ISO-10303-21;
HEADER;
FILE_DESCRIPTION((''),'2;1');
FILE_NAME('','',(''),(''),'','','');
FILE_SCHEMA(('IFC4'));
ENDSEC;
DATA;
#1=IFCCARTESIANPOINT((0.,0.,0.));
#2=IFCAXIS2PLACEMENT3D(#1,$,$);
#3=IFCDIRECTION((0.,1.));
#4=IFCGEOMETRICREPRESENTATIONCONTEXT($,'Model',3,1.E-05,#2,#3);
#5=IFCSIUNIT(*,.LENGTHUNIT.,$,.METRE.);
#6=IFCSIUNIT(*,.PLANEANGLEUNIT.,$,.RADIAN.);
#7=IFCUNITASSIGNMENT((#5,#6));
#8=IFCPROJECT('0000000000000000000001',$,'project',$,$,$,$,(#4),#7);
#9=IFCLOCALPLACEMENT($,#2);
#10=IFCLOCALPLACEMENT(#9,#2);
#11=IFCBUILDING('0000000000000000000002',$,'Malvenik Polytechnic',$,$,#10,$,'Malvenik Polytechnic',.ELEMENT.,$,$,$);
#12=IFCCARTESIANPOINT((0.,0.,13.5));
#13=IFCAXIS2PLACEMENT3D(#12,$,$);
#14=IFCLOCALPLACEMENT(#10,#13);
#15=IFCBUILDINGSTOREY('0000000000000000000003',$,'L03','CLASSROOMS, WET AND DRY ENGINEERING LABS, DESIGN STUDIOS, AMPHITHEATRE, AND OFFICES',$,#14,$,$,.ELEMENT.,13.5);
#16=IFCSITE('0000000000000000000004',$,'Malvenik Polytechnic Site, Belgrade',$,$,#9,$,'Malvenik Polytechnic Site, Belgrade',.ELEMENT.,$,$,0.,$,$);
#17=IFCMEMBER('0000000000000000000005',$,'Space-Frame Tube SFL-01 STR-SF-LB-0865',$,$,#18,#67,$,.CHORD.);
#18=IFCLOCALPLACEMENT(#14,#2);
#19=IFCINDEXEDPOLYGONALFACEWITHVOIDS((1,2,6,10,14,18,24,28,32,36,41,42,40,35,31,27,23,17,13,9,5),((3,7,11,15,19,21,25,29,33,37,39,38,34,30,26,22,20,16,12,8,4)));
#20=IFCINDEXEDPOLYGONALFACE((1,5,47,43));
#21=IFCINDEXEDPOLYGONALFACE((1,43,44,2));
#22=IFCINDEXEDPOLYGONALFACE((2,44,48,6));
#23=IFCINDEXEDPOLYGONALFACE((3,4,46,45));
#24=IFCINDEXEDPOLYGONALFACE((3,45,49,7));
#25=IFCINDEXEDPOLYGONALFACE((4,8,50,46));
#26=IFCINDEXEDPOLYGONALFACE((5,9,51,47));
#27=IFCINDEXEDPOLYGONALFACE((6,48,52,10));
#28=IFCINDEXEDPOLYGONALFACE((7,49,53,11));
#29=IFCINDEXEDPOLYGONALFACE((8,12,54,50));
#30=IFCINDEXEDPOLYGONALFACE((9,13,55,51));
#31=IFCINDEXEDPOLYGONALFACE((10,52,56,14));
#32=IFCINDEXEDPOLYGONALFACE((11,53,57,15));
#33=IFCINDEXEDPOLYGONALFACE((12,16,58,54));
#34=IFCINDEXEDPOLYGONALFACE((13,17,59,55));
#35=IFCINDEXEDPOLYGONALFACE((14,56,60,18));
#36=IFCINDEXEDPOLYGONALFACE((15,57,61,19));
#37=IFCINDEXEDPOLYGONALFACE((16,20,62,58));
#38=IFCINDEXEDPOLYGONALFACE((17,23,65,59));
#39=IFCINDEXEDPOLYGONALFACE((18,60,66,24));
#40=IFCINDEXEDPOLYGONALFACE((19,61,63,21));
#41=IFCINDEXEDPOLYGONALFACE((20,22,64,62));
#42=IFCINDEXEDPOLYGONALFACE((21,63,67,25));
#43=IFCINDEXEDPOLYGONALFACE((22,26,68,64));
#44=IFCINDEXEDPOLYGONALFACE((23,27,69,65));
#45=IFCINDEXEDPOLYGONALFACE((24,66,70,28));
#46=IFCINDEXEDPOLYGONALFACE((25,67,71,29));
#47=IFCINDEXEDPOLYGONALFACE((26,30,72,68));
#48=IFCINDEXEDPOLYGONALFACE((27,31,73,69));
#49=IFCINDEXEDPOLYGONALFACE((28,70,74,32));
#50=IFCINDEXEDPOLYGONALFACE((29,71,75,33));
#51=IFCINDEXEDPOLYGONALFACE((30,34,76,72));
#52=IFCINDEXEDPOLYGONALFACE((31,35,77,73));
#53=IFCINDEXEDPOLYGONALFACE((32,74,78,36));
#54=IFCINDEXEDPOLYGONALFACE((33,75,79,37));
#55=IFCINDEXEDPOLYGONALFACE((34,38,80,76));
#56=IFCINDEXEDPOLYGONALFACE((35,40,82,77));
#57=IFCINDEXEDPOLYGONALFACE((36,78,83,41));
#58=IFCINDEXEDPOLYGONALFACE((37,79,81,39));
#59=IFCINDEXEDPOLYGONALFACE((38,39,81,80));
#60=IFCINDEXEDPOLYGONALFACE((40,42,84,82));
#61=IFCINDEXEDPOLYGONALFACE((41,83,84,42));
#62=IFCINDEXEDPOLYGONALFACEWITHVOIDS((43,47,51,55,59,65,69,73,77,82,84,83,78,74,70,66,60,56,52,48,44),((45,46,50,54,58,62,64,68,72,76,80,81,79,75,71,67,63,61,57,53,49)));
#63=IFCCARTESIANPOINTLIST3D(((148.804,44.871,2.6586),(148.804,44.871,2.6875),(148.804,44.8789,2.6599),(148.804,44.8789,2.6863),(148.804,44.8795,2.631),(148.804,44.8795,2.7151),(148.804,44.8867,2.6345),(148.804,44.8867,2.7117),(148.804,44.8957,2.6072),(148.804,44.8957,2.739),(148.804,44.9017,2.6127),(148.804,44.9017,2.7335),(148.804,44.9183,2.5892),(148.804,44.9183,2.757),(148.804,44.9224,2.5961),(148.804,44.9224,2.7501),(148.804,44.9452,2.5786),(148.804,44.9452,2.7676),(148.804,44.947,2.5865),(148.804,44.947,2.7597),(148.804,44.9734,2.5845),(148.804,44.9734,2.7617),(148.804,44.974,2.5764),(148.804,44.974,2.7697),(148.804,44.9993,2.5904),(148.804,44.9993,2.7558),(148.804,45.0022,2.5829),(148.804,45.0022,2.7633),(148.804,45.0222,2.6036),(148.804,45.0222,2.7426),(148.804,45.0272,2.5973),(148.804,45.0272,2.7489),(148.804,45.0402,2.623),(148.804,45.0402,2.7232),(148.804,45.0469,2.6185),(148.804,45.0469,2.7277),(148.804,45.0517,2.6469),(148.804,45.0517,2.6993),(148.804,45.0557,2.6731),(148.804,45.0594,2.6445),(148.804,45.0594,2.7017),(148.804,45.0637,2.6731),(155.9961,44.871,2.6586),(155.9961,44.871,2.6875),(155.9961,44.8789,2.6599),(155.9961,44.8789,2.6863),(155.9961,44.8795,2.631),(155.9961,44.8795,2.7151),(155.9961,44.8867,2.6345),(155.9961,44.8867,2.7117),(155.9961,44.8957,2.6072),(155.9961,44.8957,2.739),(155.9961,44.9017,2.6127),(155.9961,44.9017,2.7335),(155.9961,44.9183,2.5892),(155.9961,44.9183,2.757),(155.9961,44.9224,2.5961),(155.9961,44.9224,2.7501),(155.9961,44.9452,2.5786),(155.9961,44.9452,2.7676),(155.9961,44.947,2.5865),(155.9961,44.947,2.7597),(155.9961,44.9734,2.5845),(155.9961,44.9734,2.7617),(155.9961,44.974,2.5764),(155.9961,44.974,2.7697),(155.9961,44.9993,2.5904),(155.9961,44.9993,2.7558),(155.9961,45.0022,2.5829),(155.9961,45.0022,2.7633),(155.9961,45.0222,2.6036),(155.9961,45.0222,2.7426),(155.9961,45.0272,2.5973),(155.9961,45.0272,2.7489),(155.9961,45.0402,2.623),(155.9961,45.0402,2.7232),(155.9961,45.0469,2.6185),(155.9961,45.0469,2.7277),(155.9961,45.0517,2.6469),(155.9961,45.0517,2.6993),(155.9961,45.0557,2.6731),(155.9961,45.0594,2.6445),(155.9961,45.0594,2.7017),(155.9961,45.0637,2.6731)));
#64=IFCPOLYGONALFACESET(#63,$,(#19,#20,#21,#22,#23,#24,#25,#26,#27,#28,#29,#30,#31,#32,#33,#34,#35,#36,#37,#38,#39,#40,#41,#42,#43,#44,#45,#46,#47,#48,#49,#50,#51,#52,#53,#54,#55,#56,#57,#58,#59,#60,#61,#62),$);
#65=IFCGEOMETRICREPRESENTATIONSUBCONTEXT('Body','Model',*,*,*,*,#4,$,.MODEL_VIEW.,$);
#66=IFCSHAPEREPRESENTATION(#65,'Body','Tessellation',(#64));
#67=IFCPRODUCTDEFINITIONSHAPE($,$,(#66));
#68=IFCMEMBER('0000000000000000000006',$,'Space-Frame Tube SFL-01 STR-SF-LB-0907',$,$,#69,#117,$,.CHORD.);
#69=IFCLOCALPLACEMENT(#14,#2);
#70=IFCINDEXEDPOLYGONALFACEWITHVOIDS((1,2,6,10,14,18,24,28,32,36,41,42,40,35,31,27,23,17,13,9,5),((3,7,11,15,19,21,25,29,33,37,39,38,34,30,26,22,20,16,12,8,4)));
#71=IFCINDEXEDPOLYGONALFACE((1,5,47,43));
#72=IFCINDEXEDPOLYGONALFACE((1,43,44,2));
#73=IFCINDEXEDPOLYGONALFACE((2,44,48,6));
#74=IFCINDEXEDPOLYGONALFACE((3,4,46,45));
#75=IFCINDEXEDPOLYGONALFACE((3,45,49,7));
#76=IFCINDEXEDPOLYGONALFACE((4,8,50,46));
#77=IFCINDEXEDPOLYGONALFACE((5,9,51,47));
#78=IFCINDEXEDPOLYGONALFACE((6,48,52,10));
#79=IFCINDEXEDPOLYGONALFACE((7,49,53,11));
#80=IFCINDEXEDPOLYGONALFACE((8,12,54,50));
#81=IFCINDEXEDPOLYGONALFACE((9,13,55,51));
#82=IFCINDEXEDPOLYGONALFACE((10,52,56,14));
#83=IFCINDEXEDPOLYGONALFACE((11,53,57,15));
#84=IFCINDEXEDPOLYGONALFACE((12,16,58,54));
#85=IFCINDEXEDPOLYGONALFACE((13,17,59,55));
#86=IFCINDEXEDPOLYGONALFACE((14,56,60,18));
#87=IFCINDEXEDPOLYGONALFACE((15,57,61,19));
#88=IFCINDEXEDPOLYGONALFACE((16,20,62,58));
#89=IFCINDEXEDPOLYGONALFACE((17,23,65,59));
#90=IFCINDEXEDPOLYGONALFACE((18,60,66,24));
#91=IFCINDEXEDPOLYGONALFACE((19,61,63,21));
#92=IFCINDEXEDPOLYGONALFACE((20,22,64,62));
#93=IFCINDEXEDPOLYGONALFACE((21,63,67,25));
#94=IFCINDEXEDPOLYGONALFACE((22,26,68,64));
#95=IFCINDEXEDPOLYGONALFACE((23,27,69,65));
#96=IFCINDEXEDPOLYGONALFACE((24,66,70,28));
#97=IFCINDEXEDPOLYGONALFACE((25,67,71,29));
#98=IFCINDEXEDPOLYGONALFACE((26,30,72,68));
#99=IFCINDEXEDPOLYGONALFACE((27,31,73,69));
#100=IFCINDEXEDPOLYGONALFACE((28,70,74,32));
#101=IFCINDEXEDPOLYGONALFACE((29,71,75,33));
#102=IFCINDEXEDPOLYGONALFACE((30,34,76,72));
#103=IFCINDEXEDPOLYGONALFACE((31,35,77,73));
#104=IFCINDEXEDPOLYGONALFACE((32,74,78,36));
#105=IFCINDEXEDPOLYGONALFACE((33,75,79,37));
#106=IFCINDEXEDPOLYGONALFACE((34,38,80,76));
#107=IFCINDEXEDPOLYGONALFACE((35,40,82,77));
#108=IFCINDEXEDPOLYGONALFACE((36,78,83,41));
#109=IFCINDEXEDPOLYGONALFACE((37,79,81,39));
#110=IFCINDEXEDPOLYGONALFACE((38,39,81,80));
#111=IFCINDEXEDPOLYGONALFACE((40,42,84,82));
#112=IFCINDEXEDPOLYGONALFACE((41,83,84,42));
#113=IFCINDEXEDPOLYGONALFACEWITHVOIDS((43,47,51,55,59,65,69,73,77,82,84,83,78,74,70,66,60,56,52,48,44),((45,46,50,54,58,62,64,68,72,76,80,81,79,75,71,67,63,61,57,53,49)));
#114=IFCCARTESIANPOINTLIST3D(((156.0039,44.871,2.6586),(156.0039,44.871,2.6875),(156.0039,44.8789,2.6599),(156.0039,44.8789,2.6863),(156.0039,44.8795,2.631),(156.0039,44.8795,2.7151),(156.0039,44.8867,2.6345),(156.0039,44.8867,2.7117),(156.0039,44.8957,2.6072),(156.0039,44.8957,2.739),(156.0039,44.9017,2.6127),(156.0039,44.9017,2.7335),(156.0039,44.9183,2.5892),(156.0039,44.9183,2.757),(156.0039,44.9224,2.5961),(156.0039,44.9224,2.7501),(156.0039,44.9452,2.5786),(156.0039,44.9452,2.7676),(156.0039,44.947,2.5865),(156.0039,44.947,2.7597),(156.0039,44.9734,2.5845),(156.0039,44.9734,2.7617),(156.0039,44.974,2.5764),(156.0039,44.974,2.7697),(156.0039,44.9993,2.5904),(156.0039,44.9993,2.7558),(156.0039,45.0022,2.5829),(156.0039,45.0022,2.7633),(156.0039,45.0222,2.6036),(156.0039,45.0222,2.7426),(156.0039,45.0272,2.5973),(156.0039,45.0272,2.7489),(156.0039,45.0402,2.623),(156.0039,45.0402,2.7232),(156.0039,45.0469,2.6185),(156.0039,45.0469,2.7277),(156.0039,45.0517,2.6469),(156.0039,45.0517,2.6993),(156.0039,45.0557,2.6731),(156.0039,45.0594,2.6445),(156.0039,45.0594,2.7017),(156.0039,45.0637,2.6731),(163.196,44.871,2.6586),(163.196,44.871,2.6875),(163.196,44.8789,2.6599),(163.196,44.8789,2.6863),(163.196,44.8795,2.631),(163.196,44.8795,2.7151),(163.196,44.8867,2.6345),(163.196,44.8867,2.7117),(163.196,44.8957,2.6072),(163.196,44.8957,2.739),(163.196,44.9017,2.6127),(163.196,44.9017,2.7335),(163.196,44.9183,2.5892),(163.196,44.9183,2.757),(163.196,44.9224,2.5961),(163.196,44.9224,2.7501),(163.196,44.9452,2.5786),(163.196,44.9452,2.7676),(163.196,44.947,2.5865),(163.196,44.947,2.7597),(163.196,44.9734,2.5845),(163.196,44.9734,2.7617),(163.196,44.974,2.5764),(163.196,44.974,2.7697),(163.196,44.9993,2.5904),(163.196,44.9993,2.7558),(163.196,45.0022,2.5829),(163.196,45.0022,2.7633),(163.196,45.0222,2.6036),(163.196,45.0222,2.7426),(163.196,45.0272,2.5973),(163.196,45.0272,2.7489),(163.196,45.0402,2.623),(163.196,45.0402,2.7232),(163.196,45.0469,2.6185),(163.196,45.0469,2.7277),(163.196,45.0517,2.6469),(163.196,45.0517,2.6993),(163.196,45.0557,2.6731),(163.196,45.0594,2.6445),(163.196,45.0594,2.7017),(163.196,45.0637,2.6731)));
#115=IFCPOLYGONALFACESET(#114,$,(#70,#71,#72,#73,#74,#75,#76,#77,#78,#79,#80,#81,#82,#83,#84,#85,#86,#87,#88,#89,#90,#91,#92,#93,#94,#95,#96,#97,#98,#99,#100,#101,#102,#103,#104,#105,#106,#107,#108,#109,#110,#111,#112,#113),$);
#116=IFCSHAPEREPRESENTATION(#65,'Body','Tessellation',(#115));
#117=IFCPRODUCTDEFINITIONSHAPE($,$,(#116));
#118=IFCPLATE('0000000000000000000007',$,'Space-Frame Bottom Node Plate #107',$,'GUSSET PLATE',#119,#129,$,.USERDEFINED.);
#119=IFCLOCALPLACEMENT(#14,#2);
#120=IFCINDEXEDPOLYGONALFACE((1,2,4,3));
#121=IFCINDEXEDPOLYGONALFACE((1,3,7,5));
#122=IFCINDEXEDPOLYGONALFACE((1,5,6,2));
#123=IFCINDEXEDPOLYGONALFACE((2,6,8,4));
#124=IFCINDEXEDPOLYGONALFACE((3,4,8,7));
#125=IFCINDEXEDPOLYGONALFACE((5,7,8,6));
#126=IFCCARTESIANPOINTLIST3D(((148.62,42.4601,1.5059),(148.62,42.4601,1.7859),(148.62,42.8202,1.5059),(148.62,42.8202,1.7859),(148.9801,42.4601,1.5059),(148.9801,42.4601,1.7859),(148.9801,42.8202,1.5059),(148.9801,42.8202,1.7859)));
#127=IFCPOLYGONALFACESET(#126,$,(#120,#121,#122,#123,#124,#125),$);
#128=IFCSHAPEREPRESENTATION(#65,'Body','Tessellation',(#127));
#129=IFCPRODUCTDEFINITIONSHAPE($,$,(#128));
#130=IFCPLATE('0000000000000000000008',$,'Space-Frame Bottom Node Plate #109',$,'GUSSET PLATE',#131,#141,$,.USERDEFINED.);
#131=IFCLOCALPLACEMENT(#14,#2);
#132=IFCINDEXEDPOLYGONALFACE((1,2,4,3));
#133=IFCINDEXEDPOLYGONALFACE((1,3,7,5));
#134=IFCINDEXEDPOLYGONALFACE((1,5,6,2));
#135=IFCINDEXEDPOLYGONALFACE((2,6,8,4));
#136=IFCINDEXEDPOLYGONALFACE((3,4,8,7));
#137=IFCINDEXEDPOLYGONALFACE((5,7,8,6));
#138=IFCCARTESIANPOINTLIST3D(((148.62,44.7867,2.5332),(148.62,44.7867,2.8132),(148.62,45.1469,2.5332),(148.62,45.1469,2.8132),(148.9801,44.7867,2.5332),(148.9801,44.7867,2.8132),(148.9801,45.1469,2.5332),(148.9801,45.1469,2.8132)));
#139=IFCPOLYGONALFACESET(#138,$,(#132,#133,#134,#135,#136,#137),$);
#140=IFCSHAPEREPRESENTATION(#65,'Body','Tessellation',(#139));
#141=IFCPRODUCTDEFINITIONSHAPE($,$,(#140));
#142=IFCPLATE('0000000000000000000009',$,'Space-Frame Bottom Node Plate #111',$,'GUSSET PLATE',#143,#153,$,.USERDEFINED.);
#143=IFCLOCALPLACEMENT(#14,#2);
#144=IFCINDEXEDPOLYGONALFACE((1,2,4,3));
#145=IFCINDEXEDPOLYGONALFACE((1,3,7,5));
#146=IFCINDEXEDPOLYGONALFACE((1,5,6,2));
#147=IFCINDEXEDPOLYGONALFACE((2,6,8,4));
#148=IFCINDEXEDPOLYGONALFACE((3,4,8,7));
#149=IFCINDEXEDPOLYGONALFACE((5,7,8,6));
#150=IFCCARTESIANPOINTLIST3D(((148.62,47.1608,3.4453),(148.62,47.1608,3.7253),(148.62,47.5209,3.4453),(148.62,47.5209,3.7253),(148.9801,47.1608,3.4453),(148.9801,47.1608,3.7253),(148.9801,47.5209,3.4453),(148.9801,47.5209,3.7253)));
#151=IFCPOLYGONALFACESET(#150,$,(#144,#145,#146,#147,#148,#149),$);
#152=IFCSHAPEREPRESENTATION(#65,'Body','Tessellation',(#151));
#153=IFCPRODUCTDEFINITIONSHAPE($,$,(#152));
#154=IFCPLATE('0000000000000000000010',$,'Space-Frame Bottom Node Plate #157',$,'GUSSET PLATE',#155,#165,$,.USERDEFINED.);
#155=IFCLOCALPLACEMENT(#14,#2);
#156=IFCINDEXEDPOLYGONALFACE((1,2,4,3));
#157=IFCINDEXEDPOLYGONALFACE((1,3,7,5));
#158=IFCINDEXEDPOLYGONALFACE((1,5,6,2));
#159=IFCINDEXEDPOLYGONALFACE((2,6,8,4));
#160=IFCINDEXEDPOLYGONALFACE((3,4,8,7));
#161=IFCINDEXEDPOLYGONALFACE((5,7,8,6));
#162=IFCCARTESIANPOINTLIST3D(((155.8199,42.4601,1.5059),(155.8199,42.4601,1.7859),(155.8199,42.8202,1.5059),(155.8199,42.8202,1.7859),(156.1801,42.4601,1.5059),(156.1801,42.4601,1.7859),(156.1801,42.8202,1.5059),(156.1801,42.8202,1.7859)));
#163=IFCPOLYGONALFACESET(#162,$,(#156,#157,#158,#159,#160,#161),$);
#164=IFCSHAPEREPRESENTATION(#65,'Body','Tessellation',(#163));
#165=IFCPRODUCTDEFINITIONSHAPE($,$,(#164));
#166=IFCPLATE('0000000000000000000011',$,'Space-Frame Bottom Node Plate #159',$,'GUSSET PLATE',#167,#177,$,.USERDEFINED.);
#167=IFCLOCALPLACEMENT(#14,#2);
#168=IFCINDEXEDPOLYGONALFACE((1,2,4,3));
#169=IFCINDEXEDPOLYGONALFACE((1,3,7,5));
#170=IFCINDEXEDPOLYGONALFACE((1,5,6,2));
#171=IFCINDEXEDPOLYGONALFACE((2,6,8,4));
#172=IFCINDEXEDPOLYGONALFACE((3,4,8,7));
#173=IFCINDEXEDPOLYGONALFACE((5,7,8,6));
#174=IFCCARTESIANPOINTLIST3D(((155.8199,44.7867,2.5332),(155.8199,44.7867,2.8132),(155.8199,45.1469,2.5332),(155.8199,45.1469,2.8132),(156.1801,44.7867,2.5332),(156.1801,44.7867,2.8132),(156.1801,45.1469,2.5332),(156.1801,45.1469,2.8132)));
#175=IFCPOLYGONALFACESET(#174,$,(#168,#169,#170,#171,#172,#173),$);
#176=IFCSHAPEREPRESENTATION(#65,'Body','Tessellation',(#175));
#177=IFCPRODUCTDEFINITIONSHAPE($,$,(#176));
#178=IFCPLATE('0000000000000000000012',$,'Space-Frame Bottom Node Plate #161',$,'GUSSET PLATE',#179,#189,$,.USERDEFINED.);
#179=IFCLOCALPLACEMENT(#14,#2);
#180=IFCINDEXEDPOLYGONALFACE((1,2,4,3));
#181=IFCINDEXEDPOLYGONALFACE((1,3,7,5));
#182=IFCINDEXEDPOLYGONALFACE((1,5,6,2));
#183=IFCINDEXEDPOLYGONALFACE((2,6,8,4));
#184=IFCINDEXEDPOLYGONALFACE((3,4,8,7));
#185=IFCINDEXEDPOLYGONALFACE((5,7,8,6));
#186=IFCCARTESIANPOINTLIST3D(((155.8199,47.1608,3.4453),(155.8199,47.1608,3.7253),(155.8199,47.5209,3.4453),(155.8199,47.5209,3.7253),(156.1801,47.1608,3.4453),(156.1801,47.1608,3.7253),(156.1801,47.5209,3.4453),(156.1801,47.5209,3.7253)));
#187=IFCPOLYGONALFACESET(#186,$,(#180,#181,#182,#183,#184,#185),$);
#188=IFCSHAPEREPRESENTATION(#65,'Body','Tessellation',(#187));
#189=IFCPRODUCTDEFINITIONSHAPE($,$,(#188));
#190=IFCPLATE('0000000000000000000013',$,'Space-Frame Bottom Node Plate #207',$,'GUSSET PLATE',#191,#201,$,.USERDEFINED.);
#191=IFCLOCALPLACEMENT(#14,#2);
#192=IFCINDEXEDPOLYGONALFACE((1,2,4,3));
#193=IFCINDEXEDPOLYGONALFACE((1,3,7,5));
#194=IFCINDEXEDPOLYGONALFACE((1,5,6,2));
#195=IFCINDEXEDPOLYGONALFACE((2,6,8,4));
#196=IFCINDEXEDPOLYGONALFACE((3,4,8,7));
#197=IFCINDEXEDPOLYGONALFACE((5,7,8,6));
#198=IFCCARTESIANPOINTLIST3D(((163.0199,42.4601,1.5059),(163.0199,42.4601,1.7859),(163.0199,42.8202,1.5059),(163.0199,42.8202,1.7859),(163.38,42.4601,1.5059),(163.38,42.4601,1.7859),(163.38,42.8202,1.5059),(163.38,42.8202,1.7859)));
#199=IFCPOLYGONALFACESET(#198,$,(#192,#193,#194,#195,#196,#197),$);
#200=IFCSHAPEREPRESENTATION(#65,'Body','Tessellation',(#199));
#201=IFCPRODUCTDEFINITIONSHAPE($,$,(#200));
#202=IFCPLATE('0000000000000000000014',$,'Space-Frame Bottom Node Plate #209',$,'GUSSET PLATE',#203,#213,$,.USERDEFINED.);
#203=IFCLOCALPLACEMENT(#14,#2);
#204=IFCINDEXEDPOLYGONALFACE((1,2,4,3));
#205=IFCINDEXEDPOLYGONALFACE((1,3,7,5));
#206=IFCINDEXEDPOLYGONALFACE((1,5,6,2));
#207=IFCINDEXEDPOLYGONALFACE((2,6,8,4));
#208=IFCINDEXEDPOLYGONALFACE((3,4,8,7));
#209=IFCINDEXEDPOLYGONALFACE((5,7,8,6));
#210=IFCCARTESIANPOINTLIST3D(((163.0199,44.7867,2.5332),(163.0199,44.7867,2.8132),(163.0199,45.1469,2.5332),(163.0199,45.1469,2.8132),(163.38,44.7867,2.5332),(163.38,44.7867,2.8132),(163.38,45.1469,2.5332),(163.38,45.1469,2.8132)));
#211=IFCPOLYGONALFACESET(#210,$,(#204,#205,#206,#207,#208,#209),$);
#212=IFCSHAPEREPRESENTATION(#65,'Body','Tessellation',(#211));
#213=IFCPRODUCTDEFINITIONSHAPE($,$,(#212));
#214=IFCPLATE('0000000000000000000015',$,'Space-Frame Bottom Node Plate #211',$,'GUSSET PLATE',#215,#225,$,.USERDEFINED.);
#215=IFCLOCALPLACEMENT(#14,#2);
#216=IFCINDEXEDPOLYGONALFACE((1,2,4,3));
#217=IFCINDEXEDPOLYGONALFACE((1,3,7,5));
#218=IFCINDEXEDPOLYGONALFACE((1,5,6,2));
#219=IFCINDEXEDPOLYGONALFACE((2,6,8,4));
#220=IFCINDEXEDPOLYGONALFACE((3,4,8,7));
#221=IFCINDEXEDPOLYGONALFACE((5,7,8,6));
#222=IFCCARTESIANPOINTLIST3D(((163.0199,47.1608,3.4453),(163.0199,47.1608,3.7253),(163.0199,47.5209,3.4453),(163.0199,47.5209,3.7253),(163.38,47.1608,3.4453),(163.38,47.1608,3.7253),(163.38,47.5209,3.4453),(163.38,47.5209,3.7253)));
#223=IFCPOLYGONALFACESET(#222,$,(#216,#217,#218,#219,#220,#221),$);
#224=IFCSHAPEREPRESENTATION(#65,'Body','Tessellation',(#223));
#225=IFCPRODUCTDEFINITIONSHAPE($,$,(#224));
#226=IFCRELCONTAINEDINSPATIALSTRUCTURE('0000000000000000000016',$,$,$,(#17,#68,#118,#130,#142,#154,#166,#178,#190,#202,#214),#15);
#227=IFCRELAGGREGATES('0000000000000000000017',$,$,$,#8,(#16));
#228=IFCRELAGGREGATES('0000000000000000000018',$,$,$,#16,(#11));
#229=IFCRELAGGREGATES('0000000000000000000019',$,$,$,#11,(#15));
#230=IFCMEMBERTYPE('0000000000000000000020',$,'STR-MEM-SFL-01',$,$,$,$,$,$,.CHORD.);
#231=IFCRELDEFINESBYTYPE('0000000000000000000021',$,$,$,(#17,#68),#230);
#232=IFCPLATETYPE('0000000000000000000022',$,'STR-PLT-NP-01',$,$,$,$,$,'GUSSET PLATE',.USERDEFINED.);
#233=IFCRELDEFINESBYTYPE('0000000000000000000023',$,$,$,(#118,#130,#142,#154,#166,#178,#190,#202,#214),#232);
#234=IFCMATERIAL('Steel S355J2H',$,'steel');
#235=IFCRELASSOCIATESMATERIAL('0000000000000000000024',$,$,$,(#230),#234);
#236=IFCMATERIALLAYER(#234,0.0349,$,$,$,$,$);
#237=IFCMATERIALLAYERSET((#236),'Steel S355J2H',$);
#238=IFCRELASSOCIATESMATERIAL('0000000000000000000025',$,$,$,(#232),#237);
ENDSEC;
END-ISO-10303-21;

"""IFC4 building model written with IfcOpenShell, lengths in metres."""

from ifc_helpers import new_model, si_unit, direction, frame, origin, origin_2d, place, context, subcontext, project, spatial, rectangle, hollow_circle, extrude, material, layer, layer_set, material_profile, profile_set, type_object, element, save


model = new_model("IFC4")

# Units and contexts
model_context = context("Model", 3, precision=1e-05, world=origin(), true_north=direction((0.0, 1.0)))
body_context = subcontext(model_context, "Body", "Model", "MODEL_VIEW")
ifc_project = project(units=[si_unit("LENGTHUNIT", "METRE"), si_unit("PLANEANGLEUNIT", "RADIAN")], contexts=[model_context])

# Site, building, storey
site_placement = place(None, origin())
site = spatial("IfcSite", under=ifc_project, at=site_placement, Name="Malvenik Polytechnic Site, Belgrade", LongName="Malvenik Polytechnic Site, Belgrade", CompositionType="ELEMENT", RefElevation=0.0)
building_placement = place(site_placement, origin())
building = spatial("IfcBuilding", under=site, at=building_placement, Name="Malvenik Polytechnic", LongName="Malvenik Polytechnic", CompositionType="ELEMENT")
storey_placement = place(building_placement, frame((0.0, 0.0, 13.5)))
storey = spatial("IfcBuildingStorey", under=building, at=storey_placement, Name="L03", Description="CLASSROOMS, WET AND DRY ENGINEERING LABS, DESIGN STUDIOS, AMPHITHEATRE, AND OFFICES", CompositionType="ELEMENT", Elevation=13.5)

# Members
ifc_material = material(Name="Steel S355J2H", Category="steel")
ifc_material_profile_1 = material_profile(ifc_material, hollow_circle(Radius=0.0969, WallThickness=0.0081, at=origin_2d()), Name="CHS 193.7x8.0")
ifc_profile_set_1 = profile_set([ifc_material_profile_1], Name="Steel S355J2H")
member_type_1 = type_object("IfcMemberType", Name="STR-MEM-SFL-01", PredefinedType="CHORD", material=ifc_profile_set_1)
for number, where, z_axis, x_axis, name in (
    (1, (148.804, 44.9668, 2.6731), (1.0, 0.0, 0.0), (0.0, 1.0, 0.0), "Space-Frame Tube SFL-01 STR-SF-LB-0865"),
    (2, (156.0039, 44.9668, 2.6731), (1.0, 0.0, 0.0), (0.0, 1.0, 0.0), "Space-Frame Tube SFL-01 STR-SF-LB-0907"),
):
    element("IfcMember", number, at=place(storey_placement, frame(where, z_axis=z_axis, x_axis=x_axis)), inside=storey, type_object=member_type_1, Name=name, PredefinedType="CHORD", context=body_context, shape_type="SweptSolid", body=[
        extrude(hollow_circle(Radius=0.0969, WallThickness=0.0081, at=origin_2d()), origin(), (0.0, 0.0, 1.0), 7.1921),
    ])

# Plates
ifc_layer = layer(ifc_material, 0.0349)
ifc_layer_set = layer_set([ifc_layer], Name="Steel S355J2H")
plate_type = type_object("IfcPlateType", Name="STR-PLT-NP-01", ElementType="GUSSET PLATE", PredefinedType="USERDEFINED", material=ifc_layer_set)
for number, where, z_axis, x_axis, name in (
    (3, (148.8, 42.6401, 1.5059), (0.0, 0.0, 1.0), (1.0, 0.0, 0.0), "Space-Frame Bottom Node Plate #107"),
    (4, (148.8, 44.9668, 2.5332), (0.0, 0.0, 1.0), (1.0, 0.0, 0.0), "Space-Frame Bottom Node Plate #109"),
    (5, (148.8, 47.3408, 3.4453), (0.0, 0.0, 1.0), (1.0, 0.0, 0.0), "Space-Frame Bottom Node Plate #111"),
    (6, (156.0, 42.6401, 1.5059), (0.0, 0.0, 1.0), (1.0, 0.0, 0.0), "Space-Frame Bottom Node Plate #157"),
    (7, (156.0, 44.9668, 2.5332), (0.0, 0.0, 1.0), (1.0, 0.0, 0.0), "Space-Frame Bottom Node Plate #159"),
    (8, (156.0, 47.3408, 3.4453), (0.0, 0.0, 1.0), (1.0, 0.0, 0.0), "Space-Frame Bottom Node Plate #161"),
    (9, (163.2, 42.6401, 1.5059), (0.0, 0.0, 1.0), (1.0, 0.0, 0.0), "Space-Frame Bottom Node Plate #207"),
    (10, (163.2, 44.9668, 2.5332), (0.0, 0.0, 1.0), (1.0, 0.0, 0.0), "Space-Frame Bottom Node Plate #209"),
    (11, (163.2, 47.3408, 3.4453), (0.0, 0.0, 1.0), (1.0, 0.0, 0.0), "Space-Frame Bottom Node Plate #211"),
):
    element("IfcPlate", number, at=place(storey_placement, frame(where, z_axis=z_axis, x_axis=x_axis)), inside=storey, type_object=plate_type, Name=name, ObjectType="GUSSET PLATE", PredefinedType="USERDEFINED", context=body_context, shape_type="SweptSolid", body=[
        extrude(rectangle(XDim=0.3601, YDim=0.3601, at=origin_2d()), origin(), (0.0, 0.0, 1.0), 0.28),
    ])

save(model, "model.ifc")
